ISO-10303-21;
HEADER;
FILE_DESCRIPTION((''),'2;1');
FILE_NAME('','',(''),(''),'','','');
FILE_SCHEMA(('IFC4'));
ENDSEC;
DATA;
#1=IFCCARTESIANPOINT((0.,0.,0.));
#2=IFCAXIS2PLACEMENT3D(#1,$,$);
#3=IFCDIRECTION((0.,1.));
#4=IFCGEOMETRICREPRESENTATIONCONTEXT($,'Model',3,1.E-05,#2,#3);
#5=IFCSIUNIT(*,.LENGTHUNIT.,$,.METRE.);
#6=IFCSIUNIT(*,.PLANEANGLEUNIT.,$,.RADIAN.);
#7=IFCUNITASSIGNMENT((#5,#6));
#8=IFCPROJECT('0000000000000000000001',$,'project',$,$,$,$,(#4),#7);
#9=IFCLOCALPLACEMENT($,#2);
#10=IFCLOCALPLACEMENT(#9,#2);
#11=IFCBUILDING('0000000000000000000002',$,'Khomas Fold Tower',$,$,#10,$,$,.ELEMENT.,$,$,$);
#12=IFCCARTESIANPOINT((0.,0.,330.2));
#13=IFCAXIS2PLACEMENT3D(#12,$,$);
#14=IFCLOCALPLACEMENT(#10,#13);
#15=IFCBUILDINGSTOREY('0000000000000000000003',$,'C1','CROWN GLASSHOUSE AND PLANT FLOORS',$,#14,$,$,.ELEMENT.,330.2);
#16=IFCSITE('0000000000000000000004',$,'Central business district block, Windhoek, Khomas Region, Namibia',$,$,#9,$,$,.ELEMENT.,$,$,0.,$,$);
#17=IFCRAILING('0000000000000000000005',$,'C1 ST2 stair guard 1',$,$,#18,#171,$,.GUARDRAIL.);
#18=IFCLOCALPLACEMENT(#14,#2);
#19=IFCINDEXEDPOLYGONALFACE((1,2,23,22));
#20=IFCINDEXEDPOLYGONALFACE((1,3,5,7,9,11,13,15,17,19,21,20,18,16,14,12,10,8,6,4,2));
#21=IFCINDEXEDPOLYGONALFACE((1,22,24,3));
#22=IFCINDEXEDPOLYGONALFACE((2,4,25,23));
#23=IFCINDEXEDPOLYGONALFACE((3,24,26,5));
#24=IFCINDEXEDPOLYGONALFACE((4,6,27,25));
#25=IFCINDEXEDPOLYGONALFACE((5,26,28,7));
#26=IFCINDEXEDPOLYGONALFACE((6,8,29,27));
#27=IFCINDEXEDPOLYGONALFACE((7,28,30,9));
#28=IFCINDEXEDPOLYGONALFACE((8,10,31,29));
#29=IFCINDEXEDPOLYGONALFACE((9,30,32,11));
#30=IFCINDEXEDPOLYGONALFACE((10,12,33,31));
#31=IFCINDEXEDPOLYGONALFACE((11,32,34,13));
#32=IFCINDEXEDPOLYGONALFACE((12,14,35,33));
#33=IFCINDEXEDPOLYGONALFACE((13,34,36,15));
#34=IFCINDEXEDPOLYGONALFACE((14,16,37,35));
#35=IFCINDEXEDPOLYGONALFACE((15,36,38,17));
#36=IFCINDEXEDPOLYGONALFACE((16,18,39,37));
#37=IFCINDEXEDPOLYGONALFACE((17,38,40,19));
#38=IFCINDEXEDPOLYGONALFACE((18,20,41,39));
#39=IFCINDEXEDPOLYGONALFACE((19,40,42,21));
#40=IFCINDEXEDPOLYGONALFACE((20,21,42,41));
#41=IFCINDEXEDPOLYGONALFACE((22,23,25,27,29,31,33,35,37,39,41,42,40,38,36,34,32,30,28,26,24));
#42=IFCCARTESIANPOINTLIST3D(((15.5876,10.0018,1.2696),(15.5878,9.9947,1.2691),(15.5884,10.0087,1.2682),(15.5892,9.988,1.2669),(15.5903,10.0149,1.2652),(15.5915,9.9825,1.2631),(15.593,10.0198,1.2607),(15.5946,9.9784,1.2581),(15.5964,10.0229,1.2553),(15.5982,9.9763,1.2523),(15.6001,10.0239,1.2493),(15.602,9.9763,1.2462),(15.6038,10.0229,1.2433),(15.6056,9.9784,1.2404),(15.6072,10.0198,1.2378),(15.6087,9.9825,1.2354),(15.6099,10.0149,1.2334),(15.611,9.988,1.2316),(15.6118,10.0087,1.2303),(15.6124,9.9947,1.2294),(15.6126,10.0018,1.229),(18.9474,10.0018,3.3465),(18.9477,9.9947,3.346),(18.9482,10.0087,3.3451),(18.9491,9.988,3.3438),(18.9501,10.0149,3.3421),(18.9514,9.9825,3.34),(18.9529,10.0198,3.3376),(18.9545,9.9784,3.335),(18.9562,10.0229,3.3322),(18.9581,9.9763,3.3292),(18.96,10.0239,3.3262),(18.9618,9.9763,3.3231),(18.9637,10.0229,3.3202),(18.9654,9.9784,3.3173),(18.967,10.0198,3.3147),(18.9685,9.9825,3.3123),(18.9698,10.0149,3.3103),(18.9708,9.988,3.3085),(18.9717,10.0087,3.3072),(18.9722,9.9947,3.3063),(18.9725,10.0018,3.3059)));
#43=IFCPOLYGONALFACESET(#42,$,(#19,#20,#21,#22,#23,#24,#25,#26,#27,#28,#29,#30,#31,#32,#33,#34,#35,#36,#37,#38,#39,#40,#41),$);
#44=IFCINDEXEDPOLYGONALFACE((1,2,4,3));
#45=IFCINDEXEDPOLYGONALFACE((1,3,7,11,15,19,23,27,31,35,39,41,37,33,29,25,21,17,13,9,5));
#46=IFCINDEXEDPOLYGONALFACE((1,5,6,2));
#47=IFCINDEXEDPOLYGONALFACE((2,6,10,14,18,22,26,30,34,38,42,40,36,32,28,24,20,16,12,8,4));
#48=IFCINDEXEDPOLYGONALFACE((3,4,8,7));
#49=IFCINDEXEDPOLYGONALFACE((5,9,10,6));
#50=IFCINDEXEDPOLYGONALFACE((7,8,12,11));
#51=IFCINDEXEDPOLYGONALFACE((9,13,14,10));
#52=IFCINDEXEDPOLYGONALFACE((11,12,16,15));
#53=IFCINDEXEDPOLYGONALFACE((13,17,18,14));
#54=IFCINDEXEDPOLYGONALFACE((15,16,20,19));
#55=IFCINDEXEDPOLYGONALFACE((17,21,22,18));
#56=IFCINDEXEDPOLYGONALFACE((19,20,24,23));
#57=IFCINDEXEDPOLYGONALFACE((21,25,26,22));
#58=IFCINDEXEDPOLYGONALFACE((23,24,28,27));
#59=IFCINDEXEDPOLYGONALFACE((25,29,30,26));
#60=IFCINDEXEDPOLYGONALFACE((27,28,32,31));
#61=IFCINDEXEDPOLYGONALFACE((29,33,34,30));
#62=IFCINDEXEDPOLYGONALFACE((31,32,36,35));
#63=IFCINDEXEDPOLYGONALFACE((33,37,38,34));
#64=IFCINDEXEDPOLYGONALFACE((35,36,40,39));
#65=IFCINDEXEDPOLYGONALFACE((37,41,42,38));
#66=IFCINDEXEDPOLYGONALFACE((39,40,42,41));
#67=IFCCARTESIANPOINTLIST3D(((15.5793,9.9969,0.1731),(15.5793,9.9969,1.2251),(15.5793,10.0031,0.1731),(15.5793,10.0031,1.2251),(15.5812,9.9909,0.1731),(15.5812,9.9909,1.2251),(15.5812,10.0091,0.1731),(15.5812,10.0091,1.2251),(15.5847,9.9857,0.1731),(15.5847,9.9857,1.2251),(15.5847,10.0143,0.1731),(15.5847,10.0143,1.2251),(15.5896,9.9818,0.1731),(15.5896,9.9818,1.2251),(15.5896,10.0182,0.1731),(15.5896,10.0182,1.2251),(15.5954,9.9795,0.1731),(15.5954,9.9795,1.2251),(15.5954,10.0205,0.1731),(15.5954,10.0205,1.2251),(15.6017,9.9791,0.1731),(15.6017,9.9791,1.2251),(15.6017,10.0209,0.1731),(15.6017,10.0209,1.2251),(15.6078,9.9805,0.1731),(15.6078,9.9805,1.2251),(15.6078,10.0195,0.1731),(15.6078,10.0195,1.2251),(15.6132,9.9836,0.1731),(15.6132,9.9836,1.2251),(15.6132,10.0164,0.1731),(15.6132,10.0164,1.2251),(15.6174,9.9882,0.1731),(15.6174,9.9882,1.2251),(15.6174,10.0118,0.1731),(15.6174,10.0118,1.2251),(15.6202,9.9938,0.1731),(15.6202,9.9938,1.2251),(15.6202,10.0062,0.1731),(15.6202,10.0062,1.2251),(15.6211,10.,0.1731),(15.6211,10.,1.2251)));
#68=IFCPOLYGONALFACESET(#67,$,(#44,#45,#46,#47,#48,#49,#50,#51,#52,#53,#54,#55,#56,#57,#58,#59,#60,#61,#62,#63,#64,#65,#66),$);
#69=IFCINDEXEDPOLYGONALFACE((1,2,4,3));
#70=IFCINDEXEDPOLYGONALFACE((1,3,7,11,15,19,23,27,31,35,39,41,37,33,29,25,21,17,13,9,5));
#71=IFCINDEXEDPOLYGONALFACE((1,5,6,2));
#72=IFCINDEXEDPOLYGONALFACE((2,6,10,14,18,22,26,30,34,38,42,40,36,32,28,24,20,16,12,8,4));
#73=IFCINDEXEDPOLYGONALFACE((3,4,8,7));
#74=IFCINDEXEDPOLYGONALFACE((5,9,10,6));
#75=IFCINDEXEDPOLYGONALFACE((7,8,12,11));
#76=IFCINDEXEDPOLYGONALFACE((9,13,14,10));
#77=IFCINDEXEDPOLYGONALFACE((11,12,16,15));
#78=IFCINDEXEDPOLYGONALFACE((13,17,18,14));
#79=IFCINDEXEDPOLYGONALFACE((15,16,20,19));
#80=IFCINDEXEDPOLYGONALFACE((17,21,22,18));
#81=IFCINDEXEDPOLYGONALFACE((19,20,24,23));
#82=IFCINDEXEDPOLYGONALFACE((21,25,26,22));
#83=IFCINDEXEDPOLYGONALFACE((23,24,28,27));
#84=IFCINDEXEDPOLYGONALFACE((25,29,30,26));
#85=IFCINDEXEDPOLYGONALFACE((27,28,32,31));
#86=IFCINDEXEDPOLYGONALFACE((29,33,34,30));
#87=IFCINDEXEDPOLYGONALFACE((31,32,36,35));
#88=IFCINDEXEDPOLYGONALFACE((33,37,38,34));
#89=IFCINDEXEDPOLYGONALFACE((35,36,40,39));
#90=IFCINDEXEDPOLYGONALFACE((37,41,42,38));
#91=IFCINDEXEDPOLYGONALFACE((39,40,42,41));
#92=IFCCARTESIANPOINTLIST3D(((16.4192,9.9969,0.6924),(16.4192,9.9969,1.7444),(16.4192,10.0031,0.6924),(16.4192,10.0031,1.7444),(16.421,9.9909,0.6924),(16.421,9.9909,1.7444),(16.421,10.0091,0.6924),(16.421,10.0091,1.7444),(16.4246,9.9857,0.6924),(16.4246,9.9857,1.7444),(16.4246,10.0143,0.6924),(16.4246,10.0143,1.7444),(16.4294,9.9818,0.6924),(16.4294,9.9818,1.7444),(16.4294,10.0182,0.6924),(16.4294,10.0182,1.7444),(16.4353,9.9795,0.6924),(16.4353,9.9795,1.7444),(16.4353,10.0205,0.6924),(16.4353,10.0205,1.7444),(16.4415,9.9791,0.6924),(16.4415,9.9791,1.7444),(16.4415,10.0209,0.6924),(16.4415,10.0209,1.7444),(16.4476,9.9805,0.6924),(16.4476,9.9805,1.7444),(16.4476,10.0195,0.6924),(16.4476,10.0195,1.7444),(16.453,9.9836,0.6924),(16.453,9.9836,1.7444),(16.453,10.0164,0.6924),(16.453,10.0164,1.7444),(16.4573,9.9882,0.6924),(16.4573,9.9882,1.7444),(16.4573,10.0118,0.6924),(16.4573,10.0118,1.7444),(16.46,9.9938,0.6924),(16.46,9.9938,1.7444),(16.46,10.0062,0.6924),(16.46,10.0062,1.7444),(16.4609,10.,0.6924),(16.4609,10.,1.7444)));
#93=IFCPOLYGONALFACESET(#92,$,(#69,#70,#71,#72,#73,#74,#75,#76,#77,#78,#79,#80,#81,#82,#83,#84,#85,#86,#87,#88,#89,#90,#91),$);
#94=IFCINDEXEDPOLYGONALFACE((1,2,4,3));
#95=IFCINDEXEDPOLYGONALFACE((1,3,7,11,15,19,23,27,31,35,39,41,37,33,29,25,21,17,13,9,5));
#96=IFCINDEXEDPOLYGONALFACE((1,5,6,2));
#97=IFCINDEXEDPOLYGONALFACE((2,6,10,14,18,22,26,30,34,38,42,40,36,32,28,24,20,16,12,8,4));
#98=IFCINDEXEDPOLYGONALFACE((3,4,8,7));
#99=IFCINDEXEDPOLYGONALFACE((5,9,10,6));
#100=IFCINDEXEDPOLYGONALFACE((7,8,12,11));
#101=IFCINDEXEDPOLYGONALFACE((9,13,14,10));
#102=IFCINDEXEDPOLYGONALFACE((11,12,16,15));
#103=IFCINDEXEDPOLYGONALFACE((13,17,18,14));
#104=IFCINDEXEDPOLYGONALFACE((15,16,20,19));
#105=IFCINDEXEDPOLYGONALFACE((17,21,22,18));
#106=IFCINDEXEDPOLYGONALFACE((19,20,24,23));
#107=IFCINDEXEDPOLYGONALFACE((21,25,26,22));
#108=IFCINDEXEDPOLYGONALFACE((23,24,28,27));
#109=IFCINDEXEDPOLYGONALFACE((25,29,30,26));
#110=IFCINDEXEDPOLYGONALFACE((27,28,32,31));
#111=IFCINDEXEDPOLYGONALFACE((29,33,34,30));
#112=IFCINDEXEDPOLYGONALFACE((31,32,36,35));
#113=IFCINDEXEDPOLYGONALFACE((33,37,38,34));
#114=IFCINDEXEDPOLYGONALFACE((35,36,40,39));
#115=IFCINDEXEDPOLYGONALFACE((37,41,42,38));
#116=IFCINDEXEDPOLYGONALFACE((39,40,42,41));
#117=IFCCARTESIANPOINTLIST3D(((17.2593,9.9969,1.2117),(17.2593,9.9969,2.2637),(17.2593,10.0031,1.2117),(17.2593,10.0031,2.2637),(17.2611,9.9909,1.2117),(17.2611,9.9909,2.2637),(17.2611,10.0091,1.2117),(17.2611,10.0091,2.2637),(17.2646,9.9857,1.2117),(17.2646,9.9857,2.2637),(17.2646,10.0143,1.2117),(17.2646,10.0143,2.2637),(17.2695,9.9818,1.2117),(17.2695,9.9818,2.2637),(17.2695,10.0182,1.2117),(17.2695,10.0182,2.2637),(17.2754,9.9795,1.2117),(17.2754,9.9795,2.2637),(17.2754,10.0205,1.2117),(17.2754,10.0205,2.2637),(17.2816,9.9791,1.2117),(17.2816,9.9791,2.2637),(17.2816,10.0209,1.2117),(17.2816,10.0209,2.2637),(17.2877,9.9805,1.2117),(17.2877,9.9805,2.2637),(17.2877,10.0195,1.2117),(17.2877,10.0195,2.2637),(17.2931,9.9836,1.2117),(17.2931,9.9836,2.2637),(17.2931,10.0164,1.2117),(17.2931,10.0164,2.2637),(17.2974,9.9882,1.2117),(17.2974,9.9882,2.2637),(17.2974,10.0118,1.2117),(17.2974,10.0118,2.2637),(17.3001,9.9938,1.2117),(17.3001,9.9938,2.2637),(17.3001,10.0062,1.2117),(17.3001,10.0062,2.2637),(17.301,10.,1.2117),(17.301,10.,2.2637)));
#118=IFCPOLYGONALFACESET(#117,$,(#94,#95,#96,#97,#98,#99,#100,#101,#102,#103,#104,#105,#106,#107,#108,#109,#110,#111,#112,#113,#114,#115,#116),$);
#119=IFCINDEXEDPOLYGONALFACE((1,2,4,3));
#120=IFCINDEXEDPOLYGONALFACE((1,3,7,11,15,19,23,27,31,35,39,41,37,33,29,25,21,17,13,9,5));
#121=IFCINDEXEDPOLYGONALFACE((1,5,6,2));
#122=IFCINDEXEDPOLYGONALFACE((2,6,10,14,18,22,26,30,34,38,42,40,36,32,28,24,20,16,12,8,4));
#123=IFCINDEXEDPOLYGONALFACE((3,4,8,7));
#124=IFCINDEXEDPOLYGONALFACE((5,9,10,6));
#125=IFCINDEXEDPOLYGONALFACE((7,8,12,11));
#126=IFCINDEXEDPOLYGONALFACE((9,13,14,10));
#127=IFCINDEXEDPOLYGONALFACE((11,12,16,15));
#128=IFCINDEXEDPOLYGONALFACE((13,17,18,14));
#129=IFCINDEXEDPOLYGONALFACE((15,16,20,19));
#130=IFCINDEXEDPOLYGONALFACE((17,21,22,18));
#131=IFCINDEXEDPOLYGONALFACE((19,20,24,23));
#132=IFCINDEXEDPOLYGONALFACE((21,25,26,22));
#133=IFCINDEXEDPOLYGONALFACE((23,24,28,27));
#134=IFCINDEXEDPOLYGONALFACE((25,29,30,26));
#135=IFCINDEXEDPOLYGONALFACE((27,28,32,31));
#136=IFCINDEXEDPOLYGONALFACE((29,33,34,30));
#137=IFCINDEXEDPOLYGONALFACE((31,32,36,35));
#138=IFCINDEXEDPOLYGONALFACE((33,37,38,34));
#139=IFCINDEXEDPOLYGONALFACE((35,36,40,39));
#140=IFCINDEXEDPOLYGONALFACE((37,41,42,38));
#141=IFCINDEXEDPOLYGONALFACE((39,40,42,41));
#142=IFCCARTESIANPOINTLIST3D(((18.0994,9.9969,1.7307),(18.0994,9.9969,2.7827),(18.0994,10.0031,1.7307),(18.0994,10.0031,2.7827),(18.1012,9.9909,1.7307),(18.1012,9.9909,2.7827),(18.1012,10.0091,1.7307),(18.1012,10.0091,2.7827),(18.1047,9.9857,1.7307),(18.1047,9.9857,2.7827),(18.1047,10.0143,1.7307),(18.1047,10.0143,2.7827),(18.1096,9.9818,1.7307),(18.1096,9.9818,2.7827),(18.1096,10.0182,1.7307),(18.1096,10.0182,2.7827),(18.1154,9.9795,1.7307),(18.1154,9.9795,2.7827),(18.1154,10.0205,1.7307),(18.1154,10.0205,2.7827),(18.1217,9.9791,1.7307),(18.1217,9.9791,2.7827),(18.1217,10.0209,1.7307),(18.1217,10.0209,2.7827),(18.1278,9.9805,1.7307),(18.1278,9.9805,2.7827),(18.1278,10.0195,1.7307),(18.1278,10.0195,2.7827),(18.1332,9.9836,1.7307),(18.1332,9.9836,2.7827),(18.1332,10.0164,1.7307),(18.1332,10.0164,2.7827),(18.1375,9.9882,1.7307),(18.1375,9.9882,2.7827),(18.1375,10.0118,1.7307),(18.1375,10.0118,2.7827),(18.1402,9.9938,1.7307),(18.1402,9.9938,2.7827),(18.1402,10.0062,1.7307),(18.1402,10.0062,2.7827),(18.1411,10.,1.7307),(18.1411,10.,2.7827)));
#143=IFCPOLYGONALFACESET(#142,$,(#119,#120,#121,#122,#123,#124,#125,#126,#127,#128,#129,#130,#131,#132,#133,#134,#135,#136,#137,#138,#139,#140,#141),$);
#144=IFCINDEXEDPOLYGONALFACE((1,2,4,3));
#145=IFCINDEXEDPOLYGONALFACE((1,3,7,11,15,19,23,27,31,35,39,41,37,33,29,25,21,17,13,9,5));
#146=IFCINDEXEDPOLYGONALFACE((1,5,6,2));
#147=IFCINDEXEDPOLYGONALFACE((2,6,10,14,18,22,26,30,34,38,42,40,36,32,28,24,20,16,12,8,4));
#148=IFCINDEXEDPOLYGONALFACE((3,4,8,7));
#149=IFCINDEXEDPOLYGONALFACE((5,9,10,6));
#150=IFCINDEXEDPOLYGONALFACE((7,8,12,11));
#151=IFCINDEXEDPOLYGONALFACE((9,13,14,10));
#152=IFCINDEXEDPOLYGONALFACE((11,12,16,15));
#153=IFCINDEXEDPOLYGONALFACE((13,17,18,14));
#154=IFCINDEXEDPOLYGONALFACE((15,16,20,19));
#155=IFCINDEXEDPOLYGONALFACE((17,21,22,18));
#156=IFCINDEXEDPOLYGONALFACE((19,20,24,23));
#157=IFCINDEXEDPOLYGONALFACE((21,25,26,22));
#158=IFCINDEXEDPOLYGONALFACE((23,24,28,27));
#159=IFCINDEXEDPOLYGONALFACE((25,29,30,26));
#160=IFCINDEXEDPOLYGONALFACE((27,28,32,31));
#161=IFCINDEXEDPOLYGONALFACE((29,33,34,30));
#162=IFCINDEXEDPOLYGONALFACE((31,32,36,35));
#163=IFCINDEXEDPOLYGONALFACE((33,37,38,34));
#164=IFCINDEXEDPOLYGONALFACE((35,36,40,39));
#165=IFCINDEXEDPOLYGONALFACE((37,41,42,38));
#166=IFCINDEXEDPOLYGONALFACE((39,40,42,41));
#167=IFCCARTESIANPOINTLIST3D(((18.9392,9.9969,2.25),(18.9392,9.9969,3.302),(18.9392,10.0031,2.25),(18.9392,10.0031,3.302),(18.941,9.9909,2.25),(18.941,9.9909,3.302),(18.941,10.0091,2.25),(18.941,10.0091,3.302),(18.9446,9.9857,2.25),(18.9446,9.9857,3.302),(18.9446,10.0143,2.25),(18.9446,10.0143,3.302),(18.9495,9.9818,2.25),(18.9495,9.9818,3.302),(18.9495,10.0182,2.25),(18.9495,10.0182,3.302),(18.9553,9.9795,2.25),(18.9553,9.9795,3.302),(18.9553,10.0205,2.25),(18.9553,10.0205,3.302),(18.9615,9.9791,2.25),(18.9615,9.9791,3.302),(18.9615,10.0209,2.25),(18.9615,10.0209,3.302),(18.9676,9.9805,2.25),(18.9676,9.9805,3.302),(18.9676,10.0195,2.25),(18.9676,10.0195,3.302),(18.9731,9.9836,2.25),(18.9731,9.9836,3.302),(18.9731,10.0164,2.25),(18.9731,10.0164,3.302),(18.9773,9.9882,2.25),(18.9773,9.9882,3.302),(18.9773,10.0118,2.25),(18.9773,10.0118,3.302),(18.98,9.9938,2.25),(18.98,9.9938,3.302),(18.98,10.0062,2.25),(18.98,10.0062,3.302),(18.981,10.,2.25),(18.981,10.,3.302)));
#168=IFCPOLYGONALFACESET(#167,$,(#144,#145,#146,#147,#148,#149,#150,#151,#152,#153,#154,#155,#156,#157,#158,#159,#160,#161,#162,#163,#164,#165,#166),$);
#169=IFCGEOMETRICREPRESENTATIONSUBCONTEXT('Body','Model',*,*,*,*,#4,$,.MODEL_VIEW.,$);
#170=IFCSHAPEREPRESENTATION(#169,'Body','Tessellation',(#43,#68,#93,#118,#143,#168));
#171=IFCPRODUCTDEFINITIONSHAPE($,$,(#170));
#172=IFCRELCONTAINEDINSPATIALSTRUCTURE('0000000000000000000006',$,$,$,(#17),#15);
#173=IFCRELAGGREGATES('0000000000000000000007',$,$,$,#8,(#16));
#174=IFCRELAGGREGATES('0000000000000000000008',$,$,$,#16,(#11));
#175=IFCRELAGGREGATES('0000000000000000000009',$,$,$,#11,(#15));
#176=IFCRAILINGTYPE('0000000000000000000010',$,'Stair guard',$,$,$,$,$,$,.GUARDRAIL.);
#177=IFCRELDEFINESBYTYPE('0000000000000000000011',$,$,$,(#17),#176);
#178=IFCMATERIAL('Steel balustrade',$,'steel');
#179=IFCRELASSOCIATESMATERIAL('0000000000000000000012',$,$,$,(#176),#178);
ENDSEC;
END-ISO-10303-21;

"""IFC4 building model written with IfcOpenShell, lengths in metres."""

from ifc_helpers import new_model, si_unit, direction, frame, origin, origin_2d, place, context, subcontext, project, spatial, circle, extrude, source, transform, mapped, material, type_object, element, save


model = new_model("IFC4")

# Units and contexts
model_context = context("Model", 3, precision=1e-05, world=origin(), true_north=direction((0.0, 1.0)))
body_context = subcontext(model_context, "Body", "Model", "MODEL_VIEW")
ifc_project = project(units=[si_unit("LENGTHUNIT", "METRE"), si_unit("PLANEANGLEUNIT", "RADIAN")], contexts=[model_context])

# Site, building, storey
site_placement = place(None, origin())
site = spatial("IfcSite", under=ifc_project, at=site_placement, Name="Central business district block, Windhoek, Khomas Region, Namibia", CompositionType="ELEMENT", RefElevation=0.0)
building_placement = place(site_placement, origin())
building = spatial("IfcBuilding", under=site, at=building_placement, Name="Khomas Fold Tower", CompositionType="ELEMENT")
storey_placement = place(building_placement, frame((0.0, 0.0, 330.2)))
storey = spatial("IfcBuildingStorey", under=building, at=storey_placement, Name="C1", Description="CROWN GLASSHOUSE AND PLANT FLOORS", CompositionType="ELEMENT", Elevation=330.2)

# Railing
ifc_material_1 = material(Name="Steel balustrade", Category="steel")
railing_type_1 = type_object("IfcRailingType", Name="Stair guard", PredefinedType="GUARDRAIL", material=ifc_material_1)
shared_shape_1 = source(origin(), body_context, "Body", "SweptSolid", [
    extrude(circle(Radius=0.0239, at=origin_2d()), frame((0.0, 0.0, 1.0762), z_axis=(0.850606, 0.0, 0.525803), x_axis=(0.0, 1.0, 0.0)), (0.0, 0.0, 1.0), 3.95),
    extrude(circle(Radius=0.021, at=origin_2d()), origin(), (0.0, 0.0, 1.0), 1.052),
    extrude(circle(Radius=0.021, at=origin_2d()), frame((0.8398, 0.0, 0.5193)), (0.0, 0.0, 1.0), 1.052),
    extrude(circle(Radius=0.021, at=origin_2d()), frame((1.6799, 0.0, 1.0386)), (0.0, 0.0, 1.0), 1.052),
    extrude(circle(Radius=0.021, at=origin_2d()), frame((2.52, 0.0, 1.5576)), (0.0, 0.0, 1.0), 1.052),
    extrude(circle(Radius=0.021, at=origin_2d()), frame((3.3599, 0.0, 2.0769)), (0.0, 0.0, 1.0), 1.052),
])
railing_1_placement = place(storey_placement, frame((15.6001, 10.0, 0.1731)))
element("IfcRailing", 1, at=railing_1_placement, inside=storey, type_object=railing_type_1, Name="C1 ST2 stair guard 1", PredefinedType="GUARDRAIL", context=body_context, shape_type="MappedRepresentation", body=[
    mapped(shared_shape_1, transform((0.0, 0.0, 0.0))),
])

save(model, "model.ifc")
